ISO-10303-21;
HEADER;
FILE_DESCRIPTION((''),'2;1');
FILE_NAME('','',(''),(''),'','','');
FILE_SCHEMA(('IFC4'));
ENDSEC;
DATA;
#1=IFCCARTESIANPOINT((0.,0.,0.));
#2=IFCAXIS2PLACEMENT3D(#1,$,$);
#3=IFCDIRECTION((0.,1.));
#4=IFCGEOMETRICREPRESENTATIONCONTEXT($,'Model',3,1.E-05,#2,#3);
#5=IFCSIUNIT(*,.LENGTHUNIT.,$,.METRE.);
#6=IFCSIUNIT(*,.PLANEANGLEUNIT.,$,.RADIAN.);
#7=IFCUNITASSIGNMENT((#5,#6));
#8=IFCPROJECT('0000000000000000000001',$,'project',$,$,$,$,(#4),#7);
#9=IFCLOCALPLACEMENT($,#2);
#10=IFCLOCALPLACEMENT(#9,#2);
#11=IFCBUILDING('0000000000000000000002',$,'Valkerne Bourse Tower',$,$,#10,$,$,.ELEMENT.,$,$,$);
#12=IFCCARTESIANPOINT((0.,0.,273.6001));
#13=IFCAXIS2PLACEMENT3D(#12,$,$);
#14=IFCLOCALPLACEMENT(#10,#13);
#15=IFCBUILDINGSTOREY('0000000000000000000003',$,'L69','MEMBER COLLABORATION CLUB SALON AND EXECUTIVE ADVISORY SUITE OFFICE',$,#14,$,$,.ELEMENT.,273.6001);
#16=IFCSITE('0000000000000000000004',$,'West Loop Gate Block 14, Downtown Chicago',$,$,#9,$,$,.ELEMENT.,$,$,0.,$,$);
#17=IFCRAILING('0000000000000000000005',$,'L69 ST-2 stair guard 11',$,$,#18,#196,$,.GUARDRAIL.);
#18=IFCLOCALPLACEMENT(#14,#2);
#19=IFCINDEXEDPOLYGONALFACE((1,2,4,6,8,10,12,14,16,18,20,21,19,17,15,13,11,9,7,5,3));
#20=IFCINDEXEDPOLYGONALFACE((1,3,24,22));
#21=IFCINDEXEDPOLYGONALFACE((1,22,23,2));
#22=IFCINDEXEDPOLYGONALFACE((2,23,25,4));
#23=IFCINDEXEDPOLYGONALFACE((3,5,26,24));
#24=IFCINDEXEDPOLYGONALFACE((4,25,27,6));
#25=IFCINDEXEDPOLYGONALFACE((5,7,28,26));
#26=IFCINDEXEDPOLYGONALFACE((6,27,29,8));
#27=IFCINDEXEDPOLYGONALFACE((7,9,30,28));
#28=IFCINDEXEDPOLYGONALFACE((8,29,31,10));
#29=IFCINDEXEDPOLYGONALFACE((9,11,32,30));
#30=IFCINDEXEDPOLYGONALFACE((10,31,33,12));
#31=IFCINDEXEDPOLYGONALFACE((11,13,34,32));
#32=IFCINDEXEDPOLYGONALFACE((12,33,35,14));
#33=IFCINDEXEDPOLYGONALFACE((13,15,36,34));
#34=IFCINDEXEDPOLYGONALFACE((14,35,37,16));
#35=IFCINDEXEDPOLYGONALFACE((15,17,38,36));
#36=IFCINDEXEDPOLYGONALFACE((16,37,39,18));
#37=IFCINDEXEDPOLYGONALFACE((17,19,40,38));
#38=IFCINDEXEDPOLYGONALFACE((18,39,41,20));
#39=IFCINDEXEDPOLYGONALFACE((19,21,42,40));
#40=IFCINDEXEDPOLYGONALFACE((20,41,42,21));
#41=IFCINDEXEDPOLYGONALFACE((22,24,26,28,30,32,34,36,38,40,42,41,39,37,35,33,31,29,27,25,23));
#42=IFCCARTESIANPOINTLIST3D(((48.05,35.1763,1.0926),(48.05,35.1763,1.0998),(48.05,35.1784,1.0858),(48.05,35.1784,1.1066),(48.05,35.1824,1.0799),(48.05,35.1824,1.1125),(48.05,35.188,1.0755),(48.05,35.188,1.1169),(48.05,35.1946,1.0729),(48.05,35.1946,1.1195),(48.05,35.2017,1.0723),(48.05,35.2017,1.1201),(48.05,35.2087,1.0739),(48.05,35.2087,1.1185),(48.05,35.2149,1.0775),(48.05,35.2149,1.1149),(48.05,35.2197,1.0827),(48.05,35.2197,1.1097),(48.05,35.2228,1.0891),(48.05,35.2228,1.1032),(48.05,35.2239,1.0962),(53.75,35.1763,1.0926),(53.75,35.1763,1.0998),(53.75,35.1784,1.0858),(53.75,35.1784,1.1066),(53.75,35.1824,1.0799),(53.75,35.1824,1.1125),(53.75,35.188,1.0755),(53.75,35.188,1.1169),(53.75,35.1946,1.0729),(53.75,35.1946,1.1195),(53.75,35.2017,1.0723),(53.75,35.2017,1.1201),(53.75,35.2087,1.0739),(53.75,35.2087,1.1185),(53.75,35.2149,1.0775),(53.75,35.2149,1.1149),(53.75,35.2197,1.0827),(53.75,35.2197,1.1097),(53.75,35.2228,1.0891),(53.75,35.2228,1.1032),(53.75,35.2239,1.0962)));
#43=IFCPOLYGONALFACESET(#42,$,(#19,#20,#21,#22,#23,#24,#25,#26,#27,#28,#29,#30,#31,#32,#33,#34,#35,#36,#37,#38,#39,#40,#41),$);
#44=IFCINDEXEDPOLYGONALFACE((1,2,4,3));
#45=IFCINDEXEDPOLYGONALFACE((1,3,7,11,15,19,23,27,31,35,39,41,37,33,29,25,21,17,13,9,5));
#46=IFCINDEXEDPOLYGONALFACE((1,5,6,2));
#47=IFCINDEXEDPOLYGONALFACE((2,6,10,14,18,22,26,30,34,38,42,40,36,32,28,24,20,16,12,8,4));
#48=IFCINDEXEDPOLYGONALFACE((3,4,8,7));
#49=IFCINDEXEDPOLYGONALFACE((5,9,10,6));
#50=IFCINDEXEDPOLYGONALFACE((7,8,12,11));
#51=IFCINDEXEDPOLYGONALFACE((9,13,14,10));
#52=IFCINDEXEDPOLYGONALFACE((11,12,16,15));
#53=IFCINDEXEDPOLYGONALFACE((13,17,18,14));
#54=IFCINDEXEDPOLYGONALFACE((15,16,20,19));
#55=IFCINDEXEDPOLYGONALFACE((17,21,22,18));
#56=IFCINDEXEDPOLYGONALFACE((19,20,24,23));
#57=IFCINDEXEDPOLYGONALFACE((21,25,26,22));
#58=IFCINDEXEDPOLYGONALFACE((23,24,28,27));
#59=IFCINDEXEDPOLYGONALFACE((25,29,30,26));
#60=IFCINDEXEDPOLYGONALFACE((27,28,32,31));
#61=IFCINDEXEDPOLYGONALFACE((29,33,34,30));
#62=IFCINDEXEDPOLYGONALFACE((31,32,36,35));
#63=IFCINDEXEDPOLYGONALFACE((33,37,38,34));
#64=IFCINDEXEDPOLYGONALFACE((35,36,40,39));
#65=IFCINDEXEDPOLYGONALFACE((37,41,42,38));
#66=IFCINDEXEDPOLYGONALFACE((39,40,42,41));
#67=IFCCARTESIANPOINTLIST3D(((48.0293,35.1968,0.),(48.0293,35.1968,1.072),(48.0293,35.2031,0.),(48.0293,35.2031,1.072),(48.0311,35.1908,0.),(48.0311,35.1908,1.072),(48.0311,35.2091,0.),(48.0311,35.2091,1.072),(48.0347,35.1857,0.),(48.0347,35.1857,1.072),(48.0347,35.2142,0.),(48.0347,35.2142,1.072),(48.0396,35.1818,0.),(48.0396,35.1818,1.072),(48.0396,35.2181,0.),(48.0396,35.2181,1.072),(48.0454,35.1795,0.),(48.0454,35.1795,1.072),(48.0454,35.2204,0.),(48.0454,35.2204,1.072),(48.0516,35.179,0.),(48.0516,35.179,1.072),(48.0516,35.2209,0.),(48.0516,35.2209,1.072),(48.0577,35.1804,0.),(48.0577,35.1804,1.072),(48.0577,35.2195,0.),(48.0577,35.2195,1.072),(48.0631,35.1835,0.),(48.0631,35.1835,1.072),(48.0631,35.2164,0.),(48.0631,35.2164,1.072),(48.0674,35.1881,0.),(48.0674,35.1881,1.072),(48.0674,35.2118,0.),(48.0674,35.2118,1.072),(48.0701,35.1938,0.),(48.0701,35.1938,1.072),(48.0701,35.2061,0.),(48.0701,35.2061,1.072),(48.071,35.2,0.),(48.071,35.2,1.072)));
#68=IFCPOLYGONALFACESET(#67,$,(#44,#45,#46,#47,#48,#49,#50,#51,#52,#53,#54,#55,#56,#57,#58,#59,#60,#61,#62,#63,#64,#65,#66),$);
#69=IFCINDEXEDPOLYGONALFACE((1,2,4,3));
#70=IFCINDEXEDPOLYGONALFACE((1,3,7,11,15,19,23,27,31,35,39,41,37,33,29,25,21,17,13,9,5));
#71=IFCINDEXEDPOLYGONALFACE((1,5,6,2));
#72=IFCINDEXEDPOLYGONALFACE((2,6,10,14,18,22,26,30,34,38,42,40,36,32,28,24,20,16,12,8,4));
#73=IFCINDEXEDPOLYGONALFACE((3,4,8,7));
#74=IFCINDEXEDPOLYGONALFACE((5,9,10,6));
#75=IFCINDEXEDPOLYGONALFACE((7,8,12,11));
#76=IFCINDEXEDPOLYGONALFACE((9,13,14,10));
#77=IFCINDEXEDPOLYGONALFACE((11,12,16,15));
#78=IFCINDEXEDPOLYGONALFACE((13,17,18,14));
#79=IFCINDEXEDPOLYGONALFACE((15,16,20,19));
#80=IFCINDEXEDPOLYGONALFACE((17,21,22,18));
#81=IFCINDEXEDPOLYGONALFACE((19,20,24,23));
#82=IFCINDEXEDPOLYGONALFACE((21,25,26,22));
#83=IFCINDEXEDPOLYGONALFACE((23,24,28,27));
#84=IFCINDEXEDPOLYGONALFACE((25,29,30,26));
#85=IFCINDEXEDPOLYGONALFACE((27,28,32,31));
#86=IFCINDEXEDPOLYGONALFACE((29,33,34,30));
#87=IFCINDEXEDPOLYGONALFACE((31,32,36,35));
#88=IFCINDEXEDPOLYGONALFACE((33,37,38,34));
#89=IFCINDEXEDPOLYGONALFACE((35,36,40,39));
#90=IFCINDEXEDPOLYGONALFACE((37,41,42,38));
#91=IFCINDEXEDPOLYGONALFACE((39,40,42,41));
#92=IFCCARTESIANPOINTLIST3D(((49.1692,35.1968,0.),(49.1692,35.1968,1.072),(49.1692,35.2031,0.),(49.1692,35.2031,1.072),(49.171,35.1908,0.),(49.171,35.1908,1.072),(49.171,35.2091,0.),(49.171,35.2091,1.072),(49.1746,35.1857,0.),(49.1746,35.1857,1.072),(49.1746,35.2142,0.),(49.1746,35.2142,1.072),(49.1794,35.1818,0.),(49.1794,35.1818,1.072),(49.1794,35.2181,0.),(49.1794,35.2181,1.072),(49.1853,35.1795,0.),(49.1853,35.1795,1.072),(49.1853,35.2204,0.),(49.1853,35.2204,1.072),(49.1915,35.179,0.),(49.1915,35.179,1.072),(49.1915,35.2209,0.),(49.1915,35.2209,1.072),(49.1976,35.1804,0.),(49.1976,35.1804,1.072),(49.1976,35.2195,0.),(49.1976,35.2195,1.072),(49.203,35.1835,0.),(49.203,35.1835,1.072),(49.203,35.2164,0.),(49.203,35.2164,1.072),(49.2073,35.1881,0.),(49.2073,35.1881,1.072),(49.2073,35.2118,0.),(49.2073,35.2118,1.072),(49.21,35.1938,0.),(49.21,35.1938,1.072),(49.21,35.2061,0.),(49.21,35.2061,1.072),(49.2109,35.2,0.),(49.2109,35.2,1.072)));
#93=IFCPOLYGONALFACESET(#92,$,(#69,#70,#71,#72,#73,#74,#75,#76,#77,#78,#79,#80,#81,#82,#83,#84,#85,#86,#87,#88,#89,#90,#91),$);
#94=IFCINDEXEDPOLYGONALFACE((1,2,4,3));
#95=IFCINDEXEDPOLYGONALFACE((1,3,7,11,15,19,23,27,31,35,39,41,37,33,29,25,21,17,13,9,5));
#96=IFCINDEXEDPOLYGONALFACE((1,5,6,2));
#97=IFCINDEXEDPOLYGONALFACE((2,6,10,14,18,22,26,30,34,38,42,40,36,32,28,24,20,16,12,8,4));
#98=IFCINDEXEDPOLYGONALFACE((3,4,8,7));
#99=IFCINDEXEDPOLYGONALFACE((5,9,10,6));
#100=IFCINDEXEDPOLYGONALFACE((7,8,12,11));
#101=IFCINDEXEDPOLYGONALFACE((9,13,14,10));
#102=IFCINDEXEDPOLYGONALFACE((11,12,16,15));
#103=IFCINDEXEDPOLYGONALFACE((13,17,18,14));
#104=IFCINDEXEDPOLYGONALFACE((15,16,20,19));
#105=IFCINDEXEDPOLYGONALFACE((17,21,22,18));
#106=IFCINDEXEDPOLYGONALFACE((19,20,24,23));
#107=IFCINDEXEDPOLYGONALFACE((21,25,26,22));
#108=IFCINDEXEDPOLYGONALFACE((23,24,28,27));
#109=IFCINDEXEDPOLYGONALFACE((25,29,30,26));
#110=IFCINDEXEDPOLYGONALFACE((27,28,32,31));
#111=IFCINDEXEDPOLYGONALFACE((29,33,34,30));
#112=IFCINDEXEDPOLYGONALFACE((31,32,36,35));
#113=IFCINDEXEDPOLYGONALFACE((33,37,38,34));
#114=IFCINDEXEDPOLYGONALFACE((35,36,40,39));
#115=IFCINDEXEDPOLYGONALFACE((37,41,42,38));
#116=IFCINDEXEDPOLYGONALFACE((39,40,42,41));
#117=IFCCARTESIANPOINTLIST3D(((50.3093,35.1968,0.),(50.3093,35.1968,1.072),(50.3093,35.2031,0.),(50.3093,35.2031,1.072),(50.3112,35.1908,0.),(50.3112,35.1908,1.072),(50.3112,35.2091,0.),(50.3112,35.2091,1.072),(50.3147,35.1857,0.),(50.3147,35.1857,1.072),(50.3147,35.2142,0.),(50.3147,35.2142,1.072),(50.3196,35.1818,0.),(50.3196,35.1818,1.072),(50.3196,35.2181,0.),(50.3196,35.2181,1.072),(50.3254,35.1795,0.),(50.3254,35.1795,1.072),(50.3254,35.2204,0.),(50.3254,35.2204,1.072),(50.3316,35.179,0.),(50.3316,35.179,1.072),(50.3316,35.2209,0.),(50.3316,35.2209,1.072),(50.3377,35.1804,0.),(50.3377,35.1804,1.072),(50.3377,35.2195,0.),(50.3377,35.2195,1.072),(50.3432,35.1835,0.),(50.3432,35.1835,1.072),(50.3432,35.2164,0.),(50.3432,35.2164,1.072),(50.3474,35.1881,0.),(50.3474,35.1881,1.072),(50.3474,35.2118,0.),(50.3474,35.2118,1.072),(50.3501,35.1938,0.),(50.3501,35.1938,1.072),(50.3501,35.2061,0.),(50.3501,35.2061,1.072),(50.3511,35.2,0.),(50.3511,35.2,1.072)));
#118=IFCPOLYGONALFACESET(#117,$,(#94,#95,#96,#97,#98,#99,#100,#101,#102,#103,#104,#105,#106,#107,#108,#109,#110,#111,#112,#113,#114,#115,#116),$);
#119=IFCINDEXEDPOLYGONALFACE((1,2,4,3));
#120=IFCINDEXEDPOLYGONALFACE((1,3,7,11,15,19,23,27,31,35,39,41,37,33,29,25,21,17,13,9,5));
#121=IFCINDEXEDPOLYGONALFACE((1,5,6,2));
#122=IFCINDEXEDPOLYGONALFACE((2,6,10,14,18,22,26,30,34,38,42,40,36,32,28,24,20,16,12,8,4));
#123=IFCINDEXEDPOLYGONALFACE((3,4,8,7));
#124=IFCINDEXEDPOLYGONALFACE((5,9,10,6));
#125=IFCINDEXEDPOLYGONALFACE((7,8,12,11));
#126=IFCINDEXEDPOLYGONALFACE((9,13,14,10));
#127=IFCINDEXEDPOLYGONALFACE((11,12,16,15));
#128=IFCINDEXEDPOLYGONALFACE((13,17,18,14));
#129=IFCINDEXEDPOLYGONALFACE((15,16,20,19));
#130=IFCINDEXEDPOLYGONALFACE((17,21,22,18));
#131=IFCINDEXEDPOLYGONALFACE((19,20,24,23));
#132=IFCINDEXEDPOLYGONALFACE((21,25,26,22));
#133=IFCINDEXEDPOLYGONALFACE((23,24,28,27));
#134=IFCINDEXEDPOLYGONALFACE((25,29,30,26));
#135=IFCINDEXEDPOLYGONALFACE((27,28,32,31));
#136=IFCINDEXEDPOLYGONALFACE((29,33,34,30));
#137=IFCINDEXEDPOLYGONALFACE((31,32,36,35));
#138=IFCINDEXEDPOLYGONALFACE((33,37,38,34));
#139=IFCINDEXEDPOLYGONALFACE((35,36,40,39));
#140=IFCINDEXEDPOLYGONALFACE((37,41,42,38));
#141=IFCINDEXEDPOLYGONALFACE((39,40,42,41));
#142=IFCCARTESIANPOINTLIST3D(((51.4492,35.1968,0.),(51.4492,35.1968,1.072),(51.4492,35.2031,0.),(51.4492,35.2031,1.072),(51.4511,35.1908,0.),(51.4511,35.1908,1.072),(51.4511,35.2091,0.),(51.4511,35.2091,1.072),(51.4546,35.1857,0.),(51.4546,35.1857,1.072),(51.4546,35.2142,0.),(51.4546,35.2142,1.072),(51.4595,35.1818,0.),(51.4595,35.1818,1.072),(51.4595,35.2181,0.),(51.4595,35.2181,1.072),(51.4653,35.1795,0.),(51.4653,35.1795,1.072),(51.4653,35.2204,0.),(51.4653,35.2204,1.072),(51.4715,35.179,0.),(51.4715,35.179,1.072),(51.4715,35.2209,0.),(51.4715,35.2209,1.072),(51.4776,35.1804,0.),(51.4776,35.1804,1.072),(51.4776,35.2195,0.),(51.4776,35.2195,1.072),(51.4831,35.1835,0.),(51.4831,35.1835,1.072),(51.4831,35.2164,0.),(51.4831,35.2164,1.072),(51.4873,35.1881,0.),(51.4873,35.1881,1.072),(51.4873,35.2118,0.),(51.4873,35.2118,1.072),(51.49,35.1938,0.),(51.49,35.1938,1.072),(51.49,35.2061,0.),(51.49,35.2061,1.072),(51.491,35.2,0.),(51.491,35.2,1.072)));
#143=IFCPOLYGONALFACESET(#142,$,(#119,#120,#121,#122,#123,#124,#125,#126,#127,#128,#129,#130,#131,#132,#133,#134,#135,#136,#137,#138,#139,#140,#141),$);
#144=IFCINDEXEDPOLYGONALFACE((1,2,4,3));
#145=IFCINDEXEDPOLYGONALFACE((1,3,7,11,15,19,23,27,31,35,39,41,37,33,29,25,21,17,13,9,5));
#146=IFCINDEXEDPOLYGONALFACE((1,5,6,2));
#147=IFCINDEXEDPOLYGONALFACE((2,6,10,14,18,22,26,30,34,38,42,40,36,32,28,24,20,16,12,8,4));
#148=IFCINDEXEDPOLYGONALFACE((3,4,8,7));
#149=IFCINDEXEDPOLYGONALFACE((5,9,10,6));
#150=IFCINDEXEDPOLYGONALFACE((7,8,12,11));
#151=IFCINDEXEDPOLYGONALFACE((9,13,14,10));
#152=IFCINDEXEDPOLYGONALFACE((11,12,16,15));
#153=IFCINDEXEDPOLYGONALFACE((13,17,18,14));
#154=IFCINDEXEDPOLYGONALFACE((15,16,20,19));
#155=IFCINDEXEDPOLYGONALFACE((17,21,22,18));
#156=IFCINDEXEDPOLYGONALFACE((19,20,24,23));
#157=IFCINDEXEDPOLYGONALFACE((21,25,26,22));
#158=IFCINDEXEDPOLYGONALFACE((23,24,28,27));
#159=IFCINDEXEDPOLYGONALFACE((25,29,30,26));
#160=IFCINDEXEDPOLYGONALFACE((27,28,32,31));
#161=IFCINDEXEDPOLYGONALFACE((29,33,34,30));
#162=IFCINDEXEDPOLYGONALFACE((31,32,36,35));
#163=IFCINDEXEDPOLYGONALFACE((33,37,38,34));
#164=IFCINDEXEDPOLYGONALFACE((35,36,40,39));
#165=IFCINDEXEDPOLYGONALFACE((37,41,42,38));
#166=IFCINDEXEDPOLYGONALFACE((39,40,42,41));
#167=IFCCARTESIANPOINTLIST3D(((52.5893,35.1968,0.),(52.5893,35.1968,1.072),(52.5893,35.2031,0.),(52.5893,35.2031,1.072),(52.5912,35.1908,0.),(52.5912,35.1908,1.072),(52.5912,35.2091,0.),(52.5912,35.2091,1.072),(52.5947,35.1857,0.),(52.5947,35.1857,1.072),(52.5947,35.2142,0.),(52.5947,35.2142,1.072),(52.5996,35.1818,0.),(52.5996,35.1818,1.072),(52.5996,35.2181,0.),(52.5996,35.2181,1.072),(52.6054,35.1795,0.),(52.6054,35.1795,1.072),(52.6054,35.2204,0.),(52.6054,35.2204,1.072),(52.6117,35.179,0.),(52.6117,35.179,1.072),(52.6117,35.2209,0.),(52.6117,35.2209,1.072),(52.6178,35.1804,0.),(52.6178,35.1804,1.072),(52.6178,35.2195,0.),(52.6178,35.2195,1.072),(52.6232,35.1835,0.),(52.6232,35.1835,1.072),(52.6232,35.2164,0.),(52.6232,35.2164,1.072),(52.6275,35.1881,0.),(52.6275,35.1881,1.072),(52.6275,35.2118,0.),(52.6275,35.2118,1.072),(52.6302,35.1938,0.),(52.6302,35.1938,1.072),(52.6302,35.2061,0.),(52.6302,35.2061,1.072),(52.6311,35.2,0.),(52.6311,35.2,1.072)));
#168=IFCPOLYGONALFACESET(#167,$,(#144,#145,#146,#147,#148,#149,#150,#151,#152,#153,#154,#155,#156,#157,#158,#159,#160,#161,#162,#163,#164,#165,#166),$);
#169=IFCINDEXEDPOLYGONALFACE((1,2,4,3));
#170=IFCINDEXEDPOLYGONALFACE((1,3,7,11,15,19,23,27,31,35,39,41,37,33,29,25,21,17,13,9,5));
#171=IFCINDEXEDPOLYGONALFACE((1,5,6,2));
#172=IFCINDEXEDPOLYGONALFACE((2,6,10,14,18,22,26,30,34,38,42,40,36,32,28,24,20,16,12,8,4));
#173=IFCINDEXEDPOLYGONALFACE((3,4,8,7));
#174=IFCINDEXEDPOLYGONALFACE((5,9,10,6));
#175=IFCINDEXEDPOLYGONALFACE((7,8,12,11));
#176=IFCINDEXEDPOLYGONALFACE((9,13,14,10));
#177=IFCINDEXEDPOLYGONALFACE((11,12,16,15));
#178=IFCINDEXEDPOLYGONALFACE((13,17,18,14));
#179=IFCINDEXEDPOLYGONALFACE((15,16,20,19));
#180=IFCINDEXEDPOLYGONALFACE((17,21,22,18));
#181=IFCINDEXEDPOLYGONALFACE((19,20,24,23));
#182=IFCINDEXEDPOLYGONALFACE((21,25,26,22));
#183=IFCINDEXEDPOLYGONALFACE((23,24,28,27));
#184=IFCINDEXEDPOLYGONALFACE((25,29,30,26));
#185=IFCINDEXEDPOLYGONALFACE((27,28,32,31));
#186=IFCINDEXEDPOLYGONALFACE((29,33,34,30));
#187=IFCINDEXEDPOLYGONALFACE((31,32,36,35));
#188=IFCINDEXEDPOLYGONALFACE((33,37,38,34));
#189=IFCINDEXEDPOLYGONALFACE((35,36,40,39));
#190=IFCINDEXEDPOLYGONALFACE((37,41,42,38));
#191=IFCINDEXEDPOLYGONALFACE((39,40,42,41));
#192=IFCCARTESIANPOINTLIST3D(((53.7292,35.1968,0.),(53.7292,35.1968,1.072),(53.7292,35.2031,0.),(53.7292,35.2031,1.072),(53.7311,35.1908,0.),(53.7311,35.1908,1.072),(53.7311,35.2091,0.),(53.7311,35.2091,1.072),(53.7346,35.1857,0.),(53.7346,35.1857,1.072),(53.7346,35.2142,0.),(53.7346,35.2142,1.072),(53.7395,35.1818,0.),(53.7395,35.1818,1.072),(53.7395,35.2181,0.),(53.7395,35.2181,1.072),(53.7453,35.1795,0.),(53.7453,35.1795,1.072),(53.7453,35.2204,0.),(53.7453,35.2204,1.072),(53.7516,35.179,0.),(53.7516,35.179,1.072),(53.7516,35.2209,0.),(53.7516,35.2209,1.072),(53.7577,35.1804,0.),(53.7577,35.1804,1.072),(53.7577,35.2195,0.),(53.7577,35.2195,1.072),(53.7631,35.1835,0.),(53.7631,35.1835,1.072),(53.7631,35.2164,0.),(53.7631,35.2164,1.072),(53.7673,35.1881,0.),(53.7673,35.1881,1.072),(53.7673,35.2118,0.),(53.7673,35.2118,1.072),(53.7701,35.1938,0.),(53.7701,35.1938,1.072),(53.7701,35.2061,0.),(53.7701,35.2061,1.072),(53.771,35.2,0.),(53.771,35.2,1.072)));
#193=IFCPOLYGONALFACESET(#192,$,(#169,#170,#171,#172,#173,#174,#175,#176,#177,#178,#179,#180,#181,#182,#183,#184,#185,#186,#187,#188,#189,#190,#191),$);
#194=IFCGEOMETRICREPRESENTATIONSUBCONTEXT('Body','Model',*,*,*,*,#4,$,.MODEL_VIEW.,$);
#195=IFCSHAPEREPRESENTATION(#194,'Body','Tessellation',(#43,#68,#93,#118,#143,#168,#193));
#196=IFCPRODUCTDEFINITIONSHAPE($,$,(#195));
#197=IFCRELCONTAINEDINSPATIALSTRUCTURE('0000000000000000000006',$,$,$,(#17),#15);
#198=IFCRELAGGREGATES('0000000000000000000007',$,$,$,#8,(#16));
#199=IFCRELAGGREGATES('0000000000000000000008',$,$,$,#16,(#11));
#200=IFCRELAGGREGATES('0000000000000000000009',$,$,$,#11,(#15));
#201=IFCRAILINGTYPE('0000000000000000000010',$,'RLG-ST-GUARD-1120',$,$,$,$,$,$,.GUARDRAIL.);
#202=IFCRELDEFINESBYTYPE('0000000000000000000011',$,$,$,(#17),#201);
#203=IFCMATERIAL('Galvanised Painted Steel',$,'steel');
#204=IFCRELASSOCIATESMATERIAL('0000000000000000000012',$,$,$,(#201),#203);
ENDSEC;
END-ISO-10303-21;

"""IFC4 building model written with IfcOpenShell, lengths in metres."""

from ifc_helpers import new_model, si_unit, direction, frame, origin, origin_2d, place, context, subcontext, project, spatial, circle, extrude, material, type_object, element, save


model = new_model("IFC4")

# Units and contexts
model_context = context("Model", 3, precision=1e-05, world=origin(), true_north=direction((0.0, 1.0)))
body_context = subcontext(model_context, "Body", "Model", "MODEL_VIEW")
ifc_project = project(units=[si_unit("LENGTHUNIT", "METRE"), si_unit("PLANEANGLEUNIT", "RADIAN")], contexts=[model_context])

# Site, building, storey
site_placement = place(None, origin())
site = spatial("IfcSite", under=ifc_project, at=site_placement, Name="West Loop Gate Block 14, Downtown Chicago", CompositionType="ELEMENT", RefElevation=0.0)
building_placement = place(site_placement, origin())
building = spatial("IfcBuilding", under=site, at=building_placement, Name="Valkerne Bourse Tower", CompositionType="ELEMENT")
storey_placement = place(building_placement, frame((0.0, 0.0, 273.6001)))
storey = spatial("IfcBuildingStorey", under=building, at=storey_placement, Name="L69", Description="MEMBER COLLABORATION CLUB SALON AND EXECUTIVE ADVISORY SUITE OFFICE", CompositionType="ELEMENT", Elevation=273.6001)

# Shared definitions
ifc_material_1 = material(Name="Galvanised Painted Steel", Category="steel")

# Railing
railing_type_1 = type_object("IfcRailingType", Name="RLG-ST-GUARD-1120", PredefinedType="GUARDRAIL", material=ifc_material_1)
for number, where, name in (
    (1, (48.05, 35.2, 0.0), "L69 ST-2 stair guard 11"),
):
    element("IfcRailing", number, at=place(storey_placement, frame(where)), inside=storey, type_object=railing_type_1, Name=name, PredefinedType="GUARDRAIL", context=body_context, shape_type="SweptSolid", body=[
        extrude(circle(Radius=0.0239, at=origin_2d()), frame((0.0, 0.0, 1.0962), z_axis=(1.0, 0.0, 0.0), x_axis=(0.0, 1.0, 0.0)), (0.0, 0.0, 1.0), 5.7),
        extrude(circle(Radius=0.021, at=origin_2d()), origin(), (0.0, 0.0, 1.0), 1.072),
        extrude(circle(Radius=0.021, at=origin_2d()), frame((1.1399, 0.0, 0.0)), (0.0, 0.0, 1.0), 1.072),
        extrude(circle(Radius=0.021, at=origin_2d()), frame((2.28, 0.0, 0.0)), (0.0, 0.0, 1.0), 1.072),
        extrude(circle(Radius=0.021, at=origin_2d()), frame((3.4199, 0.0, 0.0)), (0.0, 0.0, 1.0), 1.072),
        extrude(circle(Radius=0.021, at=origin_2d()), frame((4.5601, 0.0, 0.0)), (0.0, 0.0, 1.0), 1.072),
        extrude(circle(Radius=0.021, at=origin_2d()), frame((5.7, 0.0, 0.0)), (0.0, 0.0, 1.0), 1.072),
    ])

save(model, "model.ifc")
